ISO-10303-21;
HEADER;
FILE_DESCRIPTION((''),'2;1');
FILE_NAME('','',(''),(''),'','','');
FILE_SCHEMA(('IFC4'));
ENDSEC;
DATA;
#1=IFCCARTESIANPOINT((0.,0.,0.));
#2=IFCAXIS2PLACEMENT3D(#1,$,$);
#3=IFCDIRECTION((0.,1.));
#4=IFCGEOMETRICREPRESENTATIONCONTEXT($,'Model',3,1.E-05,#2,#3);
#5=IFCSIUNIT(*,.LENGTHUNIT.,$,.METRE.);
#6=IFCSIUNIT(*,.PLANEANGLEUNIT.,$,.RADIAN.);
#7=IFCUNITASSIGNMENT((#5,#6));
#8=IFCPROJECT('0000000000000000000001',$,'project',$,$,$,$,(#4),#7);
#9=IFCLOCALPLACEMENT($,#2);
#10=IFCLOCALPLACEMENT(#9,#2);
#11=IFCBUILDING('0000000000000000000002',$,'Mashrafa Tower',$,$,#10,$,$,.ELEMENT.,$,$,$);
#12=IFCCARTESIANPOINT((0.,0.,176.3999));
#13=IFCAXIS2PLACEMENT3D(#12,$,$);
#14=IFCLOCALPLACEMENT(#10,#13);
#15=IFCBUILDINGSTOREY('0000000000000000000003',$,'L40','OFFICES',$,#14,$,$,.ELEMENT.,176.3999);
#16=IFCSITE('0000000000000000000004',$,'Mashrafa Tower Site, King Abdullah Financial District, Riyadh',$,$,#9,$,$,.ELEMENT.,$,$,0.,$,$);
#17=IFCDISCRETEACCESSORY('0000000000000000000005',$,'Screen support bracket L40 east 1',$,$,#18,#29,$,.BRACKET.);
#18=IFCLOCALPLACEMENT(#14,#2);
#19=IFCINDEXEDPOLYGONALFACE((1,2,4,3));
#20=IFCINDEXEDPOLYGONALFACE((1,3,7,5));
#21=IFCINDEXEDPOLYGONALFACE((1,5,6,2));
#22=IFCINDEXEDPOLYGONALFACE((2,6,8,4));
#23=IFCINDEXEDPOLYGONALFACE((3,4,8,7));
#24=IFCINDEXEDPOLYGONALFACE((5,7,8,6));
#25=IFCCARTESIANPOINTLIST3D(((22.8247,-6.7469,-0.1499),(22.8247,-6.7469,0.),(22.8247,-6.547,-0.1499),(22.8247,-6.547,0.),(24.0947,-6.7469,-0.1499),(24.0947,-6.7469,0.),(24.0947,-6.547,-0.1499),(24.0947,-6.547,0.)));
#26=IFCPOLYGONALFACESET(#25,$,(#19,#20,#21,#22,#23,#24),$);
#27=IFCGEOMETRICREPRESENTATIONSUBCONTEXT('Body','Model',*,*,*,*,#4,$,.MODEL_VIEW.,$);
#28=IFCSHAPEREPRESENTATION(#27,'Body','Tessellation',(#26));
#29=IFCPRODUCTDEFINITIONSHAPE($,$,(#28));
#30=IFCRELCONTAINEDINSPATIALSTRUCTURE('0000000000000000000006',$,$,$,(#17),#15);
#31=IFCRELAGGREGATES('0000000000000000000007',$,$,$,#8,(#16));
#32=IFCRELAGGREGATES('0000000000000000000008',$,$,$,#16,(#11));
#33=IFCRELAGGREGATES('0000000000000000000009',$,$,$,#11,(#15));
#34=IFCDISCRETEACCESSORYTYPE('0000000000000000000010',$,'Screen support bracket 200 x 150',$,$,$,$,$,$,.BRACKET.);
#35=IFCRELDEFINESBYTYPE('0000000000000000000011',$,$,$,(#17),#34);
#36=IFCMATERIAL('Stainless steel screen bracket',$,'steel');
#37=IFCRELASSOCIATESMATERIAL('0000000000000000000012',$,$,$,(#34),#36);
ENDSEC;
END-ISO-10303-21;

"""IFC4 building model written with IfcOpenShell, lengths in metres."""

from ifc_helpers import new_model, si_unit, direction, frame, origin, origin_2d, place, context, subcontext, project, spatial, rectangle, extrude, source, transform, mapped, material, type_object, type_shapes, element, save


model = new_model("IFC4")

# Units and contexts
model_context = context("Model", 3, precision=1e-05, world=origin(), true_north=direction((0.0, 1.0)))
body_context = subcontext(model_context, "Body", "Model", "MODEL_VIEW")
ifc_project = project(units=[si_unit("LENGTHUNIT", "METRE"), si_unit("PLANEANGLEUNIT", "RADIAN")], contexts=[model_context])

# Site, building, storey
site_placement = place(None, origin())
site = spatial("IfcSite", under=ifc_project, at=site_placement, Name="Mashrafa Tower Site, King Abdullah Financial District, Riyadh", CompositionType="ELEMENT", RefElevation=0.0)
building_placement = place(site_placement, origin())
building = spatial("IfcBuilding", under=site, at=building_placement, Name="Mashrafa Tower", CompositionType="ELEMENT")
storey_placement = place(building_placement, frame((0.0, 0.0, 176.3999)))
storey = spatial("IfcBuildingStorey", under=building, at=storey_placement, Name="L40", Description="OFFICES", CompositionType="ELEMENT", Elevation=176.3999)

# Discrete accessory
ifc_material_1 = material(Name="Stainless steel screen bracket", Category="steel")
discrete_accessory_type = type_object("IfcDiscreteAccessoryType", Name="Screen support bracket 200 x 150", PredefinedType="BRACKET", material=ifc_material_1)
shared_shape_1 = source(origin(), body_context, "Body", "SweptSolid", [
    extrude(rectangle(XDim=0.2, YDim=1.27, at=origin_2d()), origin(), (0.0, 0.0, 1.0), 0.1499),
])
type_shapes(discrete_accessory_type, [shared_shape_1])
discrete_accessory_placement = place(storey_placement, frame((23.4597, -6.647, -0.1499), z_axis=(0.0, 0.0, 1.0), x_axis=(0.0, 1.0, 0.0)))
element("IfcDiscreteAccessory", 1, at=discrete_accessory_placement, inside=storey, type_object=discrete_accessory_type, Name="Screen support bracket L40 east 1", PredefinedType="BRACKET", context=body_context, shape_type="MappedRepresentation", body=[
    mapped(shared_shape_1, transform((0.0, 0.0, 0.0))),
])

save(model, "model.ifc")
